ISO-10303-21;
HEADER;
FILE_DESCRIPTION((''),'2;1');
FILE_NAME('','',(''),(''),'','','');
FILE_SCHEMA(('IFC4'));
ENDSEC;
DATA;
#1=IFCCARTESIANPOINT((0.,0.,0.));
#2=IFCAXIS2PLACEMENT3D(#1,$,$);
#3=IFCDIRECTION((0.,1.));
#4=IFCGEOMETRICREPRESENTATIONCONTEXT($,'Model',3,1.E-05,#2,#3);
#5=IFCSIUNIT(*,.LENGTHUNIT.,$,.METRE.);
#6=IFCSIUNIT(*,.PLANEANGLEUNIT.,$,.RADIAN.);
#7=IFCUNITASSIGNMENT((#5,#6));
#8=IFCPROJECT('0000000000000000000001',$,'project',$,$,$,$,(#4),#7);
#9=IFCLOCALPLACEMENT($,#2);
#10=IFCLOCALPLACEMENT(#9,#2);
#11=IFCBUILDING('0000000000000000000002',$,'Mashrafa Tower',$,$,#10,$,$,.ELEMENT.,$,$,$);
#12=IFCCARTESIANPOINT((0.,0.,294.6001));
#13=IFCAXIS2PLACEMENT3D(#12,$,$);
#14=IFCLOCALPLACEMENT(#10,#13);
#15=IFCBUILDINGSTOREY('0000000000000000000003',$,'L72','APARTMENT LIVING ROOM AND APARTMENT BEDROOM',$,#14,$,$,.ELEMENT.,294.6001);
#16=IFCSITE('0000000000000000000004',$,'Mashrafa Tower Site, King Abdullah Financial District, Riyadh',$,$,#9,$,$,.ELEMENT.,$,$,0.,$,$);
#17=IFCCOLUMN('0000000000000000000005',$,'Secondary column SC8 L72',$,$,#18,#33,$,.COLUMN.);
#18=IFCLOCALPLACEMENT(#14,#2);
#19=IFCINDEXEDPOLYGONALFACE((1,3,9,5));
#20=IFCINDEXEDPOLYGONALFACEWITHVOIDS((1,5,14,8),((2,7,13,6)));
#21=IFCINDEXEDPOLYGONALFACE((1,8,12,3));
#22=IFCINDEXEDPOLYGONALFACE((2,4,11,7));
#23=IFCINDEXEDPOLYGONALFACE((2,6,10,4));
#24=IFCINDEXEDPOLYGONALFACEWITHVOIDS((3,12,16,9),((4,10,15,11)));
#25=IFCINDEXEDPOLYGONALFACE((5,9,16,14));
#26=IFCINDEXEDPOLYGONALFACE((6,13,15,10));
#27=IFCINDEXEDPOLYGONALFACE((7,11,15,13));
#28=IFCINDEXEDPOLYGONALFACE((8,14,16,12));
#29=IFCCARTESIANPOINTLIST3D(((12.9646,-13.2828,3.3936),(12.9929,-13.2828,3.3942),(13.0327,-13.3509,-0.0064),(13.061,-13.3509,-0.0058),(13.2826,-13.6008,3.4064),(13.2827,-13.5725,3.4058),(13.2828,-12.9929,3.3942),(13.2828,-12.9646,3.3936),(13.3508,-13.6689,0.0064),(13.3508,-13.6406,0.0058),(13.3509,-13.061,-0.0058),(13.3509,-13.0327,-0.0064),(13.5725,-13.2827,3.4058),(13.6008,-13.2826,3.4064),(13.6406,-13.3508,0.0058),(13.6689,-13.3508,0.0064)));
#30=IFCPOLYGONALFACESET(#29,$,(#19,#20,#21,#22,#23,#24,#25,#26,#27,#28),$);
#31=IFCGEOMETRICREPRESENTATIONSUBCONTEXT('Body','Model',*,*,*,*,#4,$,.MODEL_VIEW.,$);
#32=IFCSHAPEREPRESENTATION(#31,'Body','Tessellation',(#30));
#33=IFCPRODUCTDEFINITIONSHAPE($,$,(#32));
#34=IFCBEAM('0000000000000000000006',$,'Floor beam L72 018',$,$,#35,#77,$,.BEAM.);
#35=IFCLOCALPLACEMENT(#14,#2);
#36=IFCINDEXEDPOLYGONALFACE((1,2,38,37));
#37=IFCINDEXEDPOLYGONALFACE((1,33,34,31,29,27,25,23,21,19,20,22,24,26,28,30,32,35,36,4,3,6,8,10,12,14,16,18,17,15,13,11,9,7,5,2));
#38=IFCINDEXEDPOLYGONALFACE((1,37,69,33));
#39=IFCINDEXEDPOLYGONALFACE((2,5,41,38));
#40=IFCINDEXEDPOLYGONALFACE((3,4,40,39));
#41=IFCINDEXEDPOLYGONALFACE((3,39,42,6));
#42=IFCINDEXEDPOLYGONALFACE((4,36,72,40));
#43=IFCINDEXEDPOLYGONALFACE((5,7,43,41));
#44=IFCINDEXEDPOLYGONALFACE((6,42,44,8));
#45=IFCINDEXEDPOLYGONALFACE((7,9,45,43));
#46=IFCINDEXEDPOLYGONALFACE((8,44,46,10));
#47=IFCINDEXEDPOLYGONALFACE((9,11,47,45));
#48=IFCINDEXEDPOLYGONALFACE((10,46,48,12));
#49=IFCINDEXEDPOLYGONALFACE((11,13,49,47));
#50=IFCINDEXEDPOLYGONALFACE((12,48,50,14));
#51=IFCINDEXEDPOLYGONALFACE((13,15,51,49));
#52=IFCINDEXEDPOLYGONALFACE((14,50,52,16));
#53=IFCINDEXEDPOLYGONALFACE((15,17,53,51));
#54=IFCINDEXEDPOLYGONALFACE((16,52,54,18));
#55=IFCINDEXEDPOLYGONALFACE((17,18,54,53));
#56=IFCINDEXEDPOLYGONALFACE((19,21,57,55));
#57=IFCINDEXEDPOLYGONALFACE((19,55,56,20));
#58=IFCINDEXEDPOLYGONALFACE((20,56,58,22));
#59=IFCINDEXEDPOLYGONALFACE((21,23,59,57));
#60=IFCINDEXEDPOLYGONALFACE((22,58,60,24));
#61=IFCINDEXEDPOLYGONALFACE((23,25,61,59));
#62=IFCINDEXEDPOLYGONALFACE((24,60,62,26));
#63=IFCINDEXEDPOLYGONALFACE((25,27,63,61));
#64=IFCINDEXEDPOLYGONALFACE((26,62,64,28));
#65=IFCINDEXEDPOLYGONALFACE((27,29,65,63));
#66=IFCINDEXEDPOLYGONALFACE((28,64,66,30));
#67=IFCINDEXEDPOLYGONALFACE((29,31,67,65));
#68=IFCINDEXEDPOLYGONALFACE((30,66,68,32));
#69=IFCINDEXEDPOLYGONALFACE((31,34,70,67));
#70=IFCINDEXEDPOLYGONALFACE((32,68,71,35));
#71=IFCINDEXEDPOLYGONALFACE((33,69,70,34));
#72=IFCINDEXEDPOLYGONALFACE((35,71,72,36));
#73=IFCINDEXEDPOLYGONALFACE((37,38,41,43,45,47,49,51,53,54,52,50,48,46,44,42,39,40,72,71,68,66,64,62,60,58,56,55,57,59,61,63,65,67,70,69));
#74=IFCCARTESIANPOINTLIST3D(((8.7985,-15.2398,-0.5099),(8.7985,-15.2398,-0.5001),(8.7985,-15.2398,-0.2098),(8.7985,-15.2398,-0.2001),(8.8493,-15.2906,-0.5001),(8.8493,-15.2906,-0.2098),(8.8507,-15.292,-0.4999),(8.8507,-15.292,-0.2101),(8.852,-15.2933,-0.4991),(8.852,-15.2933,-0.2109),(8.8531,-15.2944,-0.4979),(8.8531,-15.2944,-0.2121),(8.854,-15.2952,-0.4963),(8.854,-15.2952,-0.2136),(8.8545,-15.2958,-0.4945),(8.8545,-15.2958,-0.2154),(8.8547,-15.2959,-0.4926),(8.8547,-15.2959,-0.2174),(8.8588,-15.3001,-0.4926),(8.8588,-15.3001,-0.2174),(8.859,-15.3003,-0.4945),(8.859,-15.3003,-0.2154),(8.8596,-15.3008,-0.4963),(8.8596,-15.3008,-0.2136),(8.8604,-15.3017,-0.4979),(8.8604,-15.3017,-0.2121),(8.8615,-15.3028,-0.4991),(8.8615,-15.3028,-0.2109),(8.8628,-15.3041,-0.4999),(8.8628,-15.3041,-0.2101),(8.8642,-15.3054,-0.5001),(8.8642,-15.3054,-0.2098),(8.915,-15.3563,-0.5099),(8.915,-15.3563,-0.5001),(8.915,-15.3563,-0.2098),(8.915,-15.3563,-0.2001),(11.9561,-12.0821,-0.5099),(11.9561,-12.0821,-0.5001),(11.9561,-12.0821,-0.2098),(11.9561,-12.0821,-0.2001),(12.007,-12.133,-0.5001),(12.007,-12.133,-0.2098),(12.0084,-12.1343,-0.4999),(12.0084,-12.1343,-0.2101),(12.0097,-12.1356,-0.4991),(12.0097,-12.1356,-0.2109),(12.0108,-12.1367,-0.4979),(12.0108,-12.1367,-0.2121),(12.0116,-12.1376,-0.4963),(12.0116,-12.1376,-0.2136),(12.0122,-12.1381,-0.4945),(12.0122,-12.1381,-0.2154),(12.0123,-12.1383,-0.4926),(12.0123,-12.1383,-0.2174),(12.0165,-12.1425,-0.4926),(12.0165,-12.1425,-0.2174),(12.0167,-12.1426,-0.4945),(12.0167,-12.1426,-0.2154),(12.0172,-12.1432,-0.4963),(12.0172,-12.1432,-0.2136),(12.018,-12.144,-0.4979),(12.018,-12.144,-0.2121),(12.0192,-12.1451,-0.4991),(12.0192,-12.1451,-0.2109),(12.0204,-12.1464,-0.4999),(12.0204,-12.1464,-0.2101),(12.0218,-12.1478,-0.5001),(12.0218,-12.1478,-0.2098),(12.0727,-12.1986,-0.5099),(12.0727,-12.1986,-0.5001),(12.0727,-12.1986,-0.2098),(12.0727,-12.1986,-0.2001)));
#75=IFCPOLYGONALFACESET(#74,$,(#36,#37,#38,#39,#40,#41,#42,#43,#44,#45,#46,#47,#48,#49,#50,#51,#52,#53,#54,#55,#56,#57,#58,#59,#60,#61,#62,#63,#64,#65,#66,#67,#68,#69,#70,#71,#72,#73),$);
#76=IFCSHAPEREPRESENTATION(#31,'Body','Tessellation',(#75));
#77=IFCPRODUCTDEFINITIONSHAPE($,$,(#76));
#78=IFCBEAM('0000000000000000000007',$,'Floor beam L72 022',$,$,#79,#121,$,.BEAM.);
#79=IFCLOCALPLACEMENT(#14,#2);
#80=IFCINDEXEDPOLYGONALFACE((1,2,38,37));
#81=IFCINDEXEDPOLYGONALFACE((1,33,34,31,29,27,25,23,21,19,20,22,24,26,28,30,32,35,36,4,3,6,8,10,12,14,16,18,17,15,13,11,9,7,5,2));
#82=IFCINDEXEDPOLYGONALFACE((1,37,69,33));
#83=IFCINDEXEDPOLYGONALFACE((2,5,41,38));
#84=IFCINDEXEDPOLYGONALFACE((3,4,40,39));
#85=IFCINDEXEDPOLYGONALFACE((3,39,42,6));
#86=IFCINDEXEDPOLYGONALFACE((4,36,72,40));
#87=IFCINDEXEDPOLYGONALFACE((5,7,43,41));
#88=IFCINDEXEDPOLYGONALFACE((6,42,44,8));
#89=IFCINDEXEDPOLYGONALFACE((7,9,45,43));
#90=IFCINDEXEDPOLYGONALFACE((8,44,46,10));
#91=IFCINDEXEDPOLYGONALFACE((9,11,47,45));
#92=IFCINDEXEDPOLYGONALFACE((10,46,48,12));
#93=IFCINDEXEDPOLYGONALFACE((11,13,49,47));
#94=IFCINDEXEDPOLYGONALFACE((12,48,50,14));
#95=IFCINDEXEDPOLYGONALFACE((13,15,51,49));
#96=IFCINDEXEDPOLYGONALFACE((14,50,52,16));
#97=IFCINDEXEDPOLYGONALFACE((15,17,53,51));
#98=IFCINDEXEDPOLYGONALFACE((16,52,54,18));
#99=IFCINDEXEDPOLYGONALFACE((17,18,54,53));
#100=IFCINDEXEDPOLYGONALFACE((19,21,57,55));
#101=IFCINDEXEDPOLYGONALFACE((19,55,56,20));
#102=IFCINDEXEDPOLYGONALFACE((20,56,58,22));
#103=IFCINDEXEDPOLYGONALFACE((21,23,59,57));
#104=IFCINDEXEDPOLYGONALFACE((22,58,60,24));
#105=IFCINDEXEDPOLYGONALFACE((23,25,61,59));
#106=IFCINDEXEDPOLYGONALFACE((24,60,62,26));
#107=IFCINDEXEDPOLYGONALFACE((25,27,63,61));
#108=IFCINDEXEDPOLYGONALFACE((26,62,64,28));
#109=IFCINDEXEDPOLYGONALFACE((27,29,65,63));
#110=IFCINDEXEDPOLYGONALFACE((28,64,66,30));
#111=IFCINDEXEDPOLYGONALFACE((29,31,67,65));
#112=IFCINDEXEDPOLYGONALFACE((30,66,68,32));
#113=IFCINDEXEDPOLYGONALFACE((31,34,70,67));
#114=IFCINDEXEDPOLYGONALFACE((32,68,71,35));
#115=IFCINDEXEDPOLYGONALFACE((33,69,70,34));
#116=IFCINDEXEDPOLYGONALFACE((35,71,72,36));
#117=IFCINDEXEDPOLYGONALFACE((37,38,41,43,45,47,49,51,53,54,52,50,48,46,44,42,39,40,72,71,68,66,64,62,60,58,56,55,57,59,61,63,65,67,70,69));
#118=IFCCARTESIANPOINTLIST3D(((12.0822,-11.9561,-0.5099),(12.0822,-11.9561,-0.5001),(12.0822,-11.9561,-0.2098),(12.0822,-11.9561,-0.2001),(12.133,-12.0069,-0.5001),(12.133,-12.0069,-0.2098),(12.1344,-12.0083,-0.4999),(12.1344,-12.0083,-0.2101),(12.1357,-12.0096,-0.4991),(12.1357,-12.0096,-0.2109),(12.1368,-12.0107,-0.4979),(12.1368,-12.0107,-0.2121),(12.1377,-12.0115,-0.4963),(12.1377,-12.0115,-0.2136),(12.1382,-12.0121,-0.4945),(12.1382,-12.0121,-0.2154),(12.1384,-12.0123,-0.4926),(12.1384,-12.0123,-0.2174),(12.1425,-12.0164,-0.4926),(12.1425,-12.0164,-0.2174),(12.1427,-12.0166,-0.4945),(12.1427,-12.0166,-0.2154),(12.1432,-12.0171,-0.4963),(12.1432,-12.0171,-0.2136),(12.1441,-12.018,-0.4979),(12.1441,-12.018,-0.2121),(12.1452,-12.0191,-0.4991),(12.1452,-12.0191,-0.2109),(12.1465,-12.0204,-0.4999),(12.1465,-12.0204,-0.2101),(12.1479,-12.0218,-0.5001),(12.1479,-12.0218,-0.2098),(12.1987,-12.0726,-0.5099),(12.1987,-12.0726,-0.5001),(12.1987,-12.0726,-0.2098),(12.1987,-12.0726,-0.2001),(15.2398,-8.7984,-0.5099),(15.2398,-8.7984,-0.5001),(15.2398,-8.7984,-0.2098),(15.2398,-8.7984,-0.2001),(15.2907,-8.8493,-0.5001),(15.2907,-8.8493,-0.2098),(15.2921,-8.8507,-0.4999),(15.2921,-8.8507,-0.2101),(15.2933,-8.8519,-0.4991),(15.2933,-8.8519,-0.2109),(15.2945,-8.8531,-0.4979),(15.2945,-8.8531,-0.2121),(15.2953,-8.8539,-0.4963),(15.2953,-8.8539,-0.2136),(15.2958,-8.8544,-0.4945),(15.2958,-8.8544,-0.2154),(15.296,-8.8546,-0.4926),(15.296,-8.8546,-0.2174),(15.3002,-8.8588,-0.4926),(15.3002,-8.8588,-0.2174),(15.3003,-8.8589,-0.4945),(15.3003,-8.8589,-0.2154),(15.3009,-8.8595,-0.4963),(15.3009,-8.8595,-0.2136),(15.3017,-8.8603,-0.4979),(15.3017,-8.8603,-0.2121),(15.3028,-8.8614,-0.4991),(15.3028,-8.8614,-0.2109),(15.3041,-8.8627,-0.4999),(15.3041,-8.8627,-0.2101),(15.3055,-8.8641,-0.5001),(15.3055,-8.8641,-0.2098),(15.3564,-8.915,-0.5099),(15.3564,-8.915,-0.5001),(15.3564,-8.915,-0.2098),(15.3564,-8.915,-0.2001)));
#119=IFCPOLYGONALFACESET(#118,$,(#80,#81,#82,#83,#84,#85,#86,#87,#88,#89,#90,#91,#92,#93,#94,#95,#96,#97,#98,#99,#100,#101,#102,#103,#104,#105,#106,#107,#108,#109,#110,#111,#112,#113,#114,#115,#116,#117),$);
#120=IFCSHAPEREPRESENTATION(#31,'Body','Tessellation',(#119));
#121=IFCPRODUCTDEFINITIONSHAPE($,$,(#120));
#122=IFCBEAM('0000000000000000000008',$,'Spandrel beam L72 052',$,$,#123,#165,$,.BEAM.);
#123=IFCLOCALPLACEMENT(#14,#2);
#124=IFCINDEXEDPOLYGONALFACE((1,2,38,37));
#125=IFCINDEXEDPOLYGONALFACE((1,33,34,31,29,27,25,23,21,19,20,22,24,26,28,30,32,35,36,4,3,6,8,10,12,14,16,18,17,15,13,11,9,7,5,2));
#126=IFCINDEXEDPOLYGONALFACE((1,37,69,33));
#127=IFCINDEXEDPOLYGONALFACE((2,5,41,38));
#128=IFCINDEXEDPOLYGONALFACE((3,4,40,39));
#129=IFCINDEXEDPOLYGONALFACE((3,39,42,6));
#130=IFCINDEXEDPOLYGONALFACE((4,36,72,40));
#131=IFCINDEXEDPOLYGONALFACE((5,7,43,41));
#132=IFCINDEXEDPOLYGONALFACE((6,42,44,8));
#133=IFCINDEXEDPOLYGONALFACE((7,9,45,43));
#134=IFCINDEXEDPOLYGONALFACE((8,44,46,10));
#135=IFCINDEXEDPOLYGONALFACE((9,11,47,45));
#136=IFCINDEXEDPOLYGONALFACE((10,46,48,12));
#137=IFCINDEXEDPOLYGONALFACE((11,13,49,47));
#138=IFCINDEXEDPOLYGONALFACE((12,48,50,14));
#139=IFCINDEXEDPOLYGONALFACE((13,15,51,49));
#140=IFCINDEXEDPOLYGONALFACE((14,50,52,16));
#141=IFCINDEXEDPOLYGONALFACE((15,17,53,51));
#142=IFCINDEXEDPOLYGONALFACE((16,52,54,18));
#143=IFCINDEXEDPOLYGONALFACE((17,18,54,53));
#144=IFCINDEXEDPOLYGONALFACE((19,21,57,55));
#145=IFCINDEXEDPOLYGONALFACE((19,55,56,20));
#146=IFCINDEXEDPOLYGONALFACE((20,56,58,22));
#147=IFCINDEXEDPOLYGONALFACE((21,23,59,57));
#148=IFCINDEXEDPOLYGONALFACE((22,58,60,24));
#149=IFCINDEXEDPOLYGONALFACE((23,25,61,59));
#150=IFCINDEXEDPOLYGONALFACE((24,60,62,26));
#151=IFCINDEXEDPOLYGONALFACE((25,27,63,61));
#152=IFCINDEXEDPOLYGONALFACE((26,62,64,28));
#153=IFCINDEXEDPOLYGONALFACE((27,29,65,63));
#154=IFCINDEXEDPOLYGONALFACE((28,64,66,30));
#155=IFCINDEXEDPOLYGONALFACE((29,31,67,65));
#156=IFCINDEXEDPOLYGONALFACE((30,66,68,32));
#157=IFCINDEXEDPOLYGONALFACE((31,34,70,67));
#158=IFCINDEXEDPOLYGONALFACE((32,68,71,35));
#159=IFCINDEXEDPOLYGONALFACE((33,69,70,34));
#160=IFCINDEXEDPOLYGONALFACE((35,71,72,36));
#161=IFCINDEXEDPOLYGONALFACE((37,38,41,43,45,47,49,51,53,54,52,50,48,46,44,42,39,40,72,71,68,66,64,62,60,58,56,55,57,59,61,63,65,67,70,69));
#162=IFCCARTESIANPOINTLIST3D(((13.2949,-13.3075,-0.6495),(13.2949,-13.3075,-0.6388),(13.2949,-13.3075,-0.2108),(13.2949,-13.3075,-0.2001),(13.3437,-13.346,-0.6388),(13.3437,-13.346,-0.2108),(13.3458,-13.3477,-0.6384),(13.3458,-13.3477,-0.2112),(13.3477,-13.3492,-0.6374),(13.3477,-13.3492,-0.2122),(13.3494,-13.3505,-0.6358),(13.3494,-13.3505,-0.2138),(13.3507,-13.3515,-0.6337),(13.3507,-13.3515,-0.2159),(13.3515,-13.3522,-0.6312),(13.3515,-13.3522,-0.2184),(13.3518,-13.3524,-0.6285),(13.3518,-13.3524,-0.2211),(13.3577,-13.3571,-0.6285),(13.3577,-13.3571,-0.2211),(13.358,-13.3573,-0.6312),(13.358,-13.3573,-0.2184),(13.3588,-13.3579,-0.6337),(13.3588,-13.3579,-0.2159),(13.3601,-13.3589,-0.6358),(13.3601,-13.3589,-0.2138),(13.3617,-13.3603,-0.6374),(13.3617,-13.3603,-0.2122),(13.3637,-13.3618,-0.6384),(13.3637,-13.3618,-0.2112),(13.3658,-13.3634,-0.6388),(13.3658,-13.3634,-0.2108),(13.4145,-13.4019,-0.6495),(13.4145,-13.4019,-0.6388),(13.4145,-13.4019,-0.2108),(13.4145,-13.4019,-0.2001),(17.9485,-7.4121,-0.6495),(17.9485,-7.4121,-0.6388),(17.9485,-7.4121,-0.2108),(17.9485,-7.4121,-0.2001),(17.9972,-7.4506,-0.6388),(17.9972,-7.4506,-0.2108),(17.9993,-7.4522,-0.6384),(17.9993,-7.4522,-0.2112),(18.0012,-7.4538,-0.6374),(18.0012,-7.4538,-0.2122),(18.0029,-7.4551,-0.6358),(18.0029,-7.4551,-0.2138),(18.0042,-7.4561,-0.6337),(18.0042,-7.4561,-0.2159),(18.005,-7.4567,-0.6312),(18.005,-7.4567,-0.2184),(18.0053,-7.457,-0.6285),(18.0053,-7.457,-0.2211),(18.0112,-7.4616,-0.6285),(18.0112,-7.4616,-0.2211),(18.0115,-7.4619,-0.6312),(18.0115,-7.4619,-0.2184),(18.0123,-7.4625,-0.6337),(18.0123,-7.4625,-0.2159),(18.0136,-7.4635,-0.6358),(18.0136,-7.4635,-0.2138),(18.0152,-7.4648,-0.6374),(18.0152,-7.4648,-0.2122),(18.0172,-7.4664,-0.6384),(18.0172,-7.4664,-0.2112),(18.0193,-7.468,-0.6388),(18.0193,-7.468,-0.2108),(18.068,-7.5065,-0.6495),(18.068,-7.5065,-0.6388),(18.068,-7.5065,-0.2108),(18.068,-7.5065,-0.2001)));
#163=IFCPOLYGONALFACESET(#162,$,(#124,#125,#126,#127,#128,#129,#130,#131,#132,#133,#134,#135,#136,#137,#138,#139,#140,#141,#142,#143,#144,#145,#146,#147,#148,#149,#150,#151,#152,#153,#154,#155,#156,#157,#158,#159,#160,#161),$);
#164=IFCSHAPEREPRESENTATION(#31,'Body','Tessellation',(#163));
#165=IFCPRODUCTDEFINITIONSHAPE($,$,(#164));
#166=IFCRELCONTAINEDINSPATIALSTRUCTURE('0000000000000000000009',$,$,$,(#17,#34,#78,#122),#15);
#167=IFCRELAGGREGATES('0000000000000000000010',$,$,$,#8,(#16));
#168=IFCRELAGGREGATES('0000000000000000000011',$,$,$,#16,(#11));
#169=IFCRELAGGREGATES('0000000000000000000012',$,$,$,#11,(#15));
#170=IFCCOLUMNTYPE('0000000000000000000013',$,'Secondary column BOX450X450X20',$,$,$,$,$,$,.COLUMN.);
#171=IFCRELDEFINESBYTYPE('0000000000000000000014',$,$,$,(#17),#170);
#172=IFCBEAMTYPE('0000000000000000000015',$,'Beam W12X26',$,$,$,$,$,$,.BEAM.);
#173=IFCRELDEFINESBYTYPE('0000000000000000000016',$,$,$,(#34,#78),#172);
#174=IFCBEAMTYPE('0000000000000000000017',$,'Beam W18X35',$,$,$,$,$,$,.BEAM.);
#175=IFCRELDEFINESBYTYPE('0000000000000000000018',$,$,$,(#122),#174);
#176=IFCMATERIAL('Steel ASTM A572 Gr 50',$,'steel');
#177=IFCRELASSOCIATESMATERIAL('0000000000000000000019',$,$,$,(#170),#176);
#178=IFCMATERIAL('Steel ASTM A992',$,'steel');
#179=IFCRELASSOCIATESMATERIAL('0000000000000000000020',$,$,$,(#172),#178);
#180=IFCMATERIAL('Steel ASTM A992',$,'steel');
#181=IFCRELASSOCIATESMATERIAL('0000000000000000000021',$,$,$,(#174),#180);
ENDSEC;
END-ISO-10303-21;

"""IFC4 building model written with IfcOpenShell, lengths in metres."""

from ifc_helpers import new_model, si_unit, direction, frame, origin, origin_2d, place, context, subcontext, project, spatial, hollow_rectangle, i_section, extrude, material, material_profile, profile_set, type_object, element, save


model = new_model("IFC4")

# Units and contexts
model_context = context("Model", 3, precision=1e-05, world=origin(), true_north=direction((0.0, 1.0)))
body_context = subcontext(model_context, "Body", "Model", "MODEL_VIEW")
ifc_project = project(units=[si_unit("LENGTHUNIT", "METRE"), si_unit("PLANEANGLEUNIT", "RADIAN")], contexts=[model_context])

# Site, building, storey
site_placement = place(None, origin())
site = spatial("IfcSite", under=ifc_project, at=site_placement, Name="Mashrafa Tower Site, King Abdullah Financial District, Riyadh", CompositionType="ELEMENT", RefElevation=0.0)
building_placement = place(site_placement, origin())
building = spatial("IfcBuilding", under=site, at=building_placement, Name="Mashrafa Tower", CompositionType="ELEMENT")
storey_placement = place(building_placement, frame((0.0, 0.0, 294.6001)))
storey = spatial("IfcBuildingStorey", under=building, at=storey_placement, Name="L72", Description="APARTMENT LIVING ROOM AND APARTMENT BEDROOM", CompositionType="ELEMENT", Elevation=294.6001)

# Column
ifc_material_1 = material(Name="Steel ASTM A572 Gr 50", Category="steel")
ifc_material_profile_1 = material_profile(ifc_material_1, hollow_rectangle(XDim=0.45, YDim=0.45, WallThickness=0.02, at=origin_2d()), Name="BOX450X450X20")
ifc_profile_set_1 = profile_set([ifc_material_profile_1], Name="Steel ASTM A572 Gr 50")
column_type = type_object("IfcColumnType", Name="Secondary column BOX450X450X20", PredefinedType="COLUMN", material=ifc_profile_set_1)
column_placement = place(storey_placement, frame((13.3508, -13.3508, 0.0), z_axis=(-0.020026, 0.020026, 0.999599), x_axis=(-0.707107, -0.707107, 0.0)))
element("IfcColumn", 1, at=column_placement, inside=storey, type_object=column_type, Name="Secondary column SC8 L72", PredefinedType="COLUMN", context=body_context, shape_type="SweptSolid", body=[
    extrude(hollow_rectangle(XDim=0.45, YDim=0.45, WallThickness=0.02, at=origin_2d()), origin(), (0.0, 0.0, 1.0), 3.4014),
])

# Beams
ifc_material_2 = material(Name="Steel ASTM A992", Category="steel")
ifc_material_profile_2 = material_profile(ifc_material_2, i_section(OverallWidth=0.1648, OverallDepth=0.3098, WebThickness=0.0059, FlangeThickness=0.0098, FilletRadius=0.0076, at=origin_2d()), Name="W12X26")
ifc_profile_set_2 = profile_set([ifc_material_profile_2], Name="Steel ASTM A992")
beam_type_1 = type_object("IfcBeamType", Name="Beam W12X26", PredefinedType="BEAM", material=ifc_profile_set_2)
for number, where, z_axis, x_axis, name in (
    (2, (12.0144, -12.1404, -0.355), (-0.707107, -0.707107, 0.0), (0.707107, -0.707107, 0.0), "Floor beam L72 018"),
    (3, (15.2981, -8.8567, -0.355), (-0.707107, -0.707107, 0.0), (0.707107, -0.707107, 0.0), "Floor beam L72 022"),
):
    element("IfcBeam", number, at=place(storey_placement, frame(where, z_axis=z_axis, x_axis=x_axis)), inside=storey, type_object=beam_type_1, Name=name, PredefinedType="BEAM", context=body_context, shape_type="SweptSolid", body=[
        extrude(i_section(OverallWidth=0.1648, OverallDepth=0.3098, WebThickness=0.0059, FlangeThickness=0.0098, FilletRadius=0.0076, at=origin_2d()), origin(), (0.0, 0.0, 1.0), 4.4656),
    ])
ifc_material_3 = material(Name="Steel ASTM A992", Category="steel")
ifc_material_profile_3 = material_profile(ifc_material_3, i_section(OverallWidth=0.1523, OverallDepth=0.4495, WebThickness=0.0076, FlangeThickness=0.0107, FilletRadius=0.0103, at=origin_2d()), Name="W18X35")
ifc_profile_set_3 = profile_set([ifc_material_profile_3], Name="Steel ASTM A992")
beam_type_2 = type_object("IfcBeamType", Name="Beam W18X35", PredefinedType="BEAM", material=ifc_profile_set_3)
for number, where, z_axis, x_axis, name in (
    (4, (13.3547, -13.3547, -0.4248), (0.61958, 0.784934, 0.0), (-0.784934, 0.61958, 0.0), "Spandrel beam L72 052"),
):
    element("IfcBeam", number, at=place(storey_placement, frame(where, z_axis=z_axis, x_axis=x_axis)), inside=storey, type_object=beam_type_2, Name=name, PredefinedType="BEAM", context=body_context, shape_type="SweptSolid", body=[
        extrude(i_section(OverallWidth=0.1523, OverallDepth=0.4495, WebThickness=0.0076, FlangeThickness=0.0107, FilletRadius=0.0103, at=origin_2d()), origin(), (0.0, 0.0, 1.0), 7.5107),
    ])

save(model, "model.ifc")
